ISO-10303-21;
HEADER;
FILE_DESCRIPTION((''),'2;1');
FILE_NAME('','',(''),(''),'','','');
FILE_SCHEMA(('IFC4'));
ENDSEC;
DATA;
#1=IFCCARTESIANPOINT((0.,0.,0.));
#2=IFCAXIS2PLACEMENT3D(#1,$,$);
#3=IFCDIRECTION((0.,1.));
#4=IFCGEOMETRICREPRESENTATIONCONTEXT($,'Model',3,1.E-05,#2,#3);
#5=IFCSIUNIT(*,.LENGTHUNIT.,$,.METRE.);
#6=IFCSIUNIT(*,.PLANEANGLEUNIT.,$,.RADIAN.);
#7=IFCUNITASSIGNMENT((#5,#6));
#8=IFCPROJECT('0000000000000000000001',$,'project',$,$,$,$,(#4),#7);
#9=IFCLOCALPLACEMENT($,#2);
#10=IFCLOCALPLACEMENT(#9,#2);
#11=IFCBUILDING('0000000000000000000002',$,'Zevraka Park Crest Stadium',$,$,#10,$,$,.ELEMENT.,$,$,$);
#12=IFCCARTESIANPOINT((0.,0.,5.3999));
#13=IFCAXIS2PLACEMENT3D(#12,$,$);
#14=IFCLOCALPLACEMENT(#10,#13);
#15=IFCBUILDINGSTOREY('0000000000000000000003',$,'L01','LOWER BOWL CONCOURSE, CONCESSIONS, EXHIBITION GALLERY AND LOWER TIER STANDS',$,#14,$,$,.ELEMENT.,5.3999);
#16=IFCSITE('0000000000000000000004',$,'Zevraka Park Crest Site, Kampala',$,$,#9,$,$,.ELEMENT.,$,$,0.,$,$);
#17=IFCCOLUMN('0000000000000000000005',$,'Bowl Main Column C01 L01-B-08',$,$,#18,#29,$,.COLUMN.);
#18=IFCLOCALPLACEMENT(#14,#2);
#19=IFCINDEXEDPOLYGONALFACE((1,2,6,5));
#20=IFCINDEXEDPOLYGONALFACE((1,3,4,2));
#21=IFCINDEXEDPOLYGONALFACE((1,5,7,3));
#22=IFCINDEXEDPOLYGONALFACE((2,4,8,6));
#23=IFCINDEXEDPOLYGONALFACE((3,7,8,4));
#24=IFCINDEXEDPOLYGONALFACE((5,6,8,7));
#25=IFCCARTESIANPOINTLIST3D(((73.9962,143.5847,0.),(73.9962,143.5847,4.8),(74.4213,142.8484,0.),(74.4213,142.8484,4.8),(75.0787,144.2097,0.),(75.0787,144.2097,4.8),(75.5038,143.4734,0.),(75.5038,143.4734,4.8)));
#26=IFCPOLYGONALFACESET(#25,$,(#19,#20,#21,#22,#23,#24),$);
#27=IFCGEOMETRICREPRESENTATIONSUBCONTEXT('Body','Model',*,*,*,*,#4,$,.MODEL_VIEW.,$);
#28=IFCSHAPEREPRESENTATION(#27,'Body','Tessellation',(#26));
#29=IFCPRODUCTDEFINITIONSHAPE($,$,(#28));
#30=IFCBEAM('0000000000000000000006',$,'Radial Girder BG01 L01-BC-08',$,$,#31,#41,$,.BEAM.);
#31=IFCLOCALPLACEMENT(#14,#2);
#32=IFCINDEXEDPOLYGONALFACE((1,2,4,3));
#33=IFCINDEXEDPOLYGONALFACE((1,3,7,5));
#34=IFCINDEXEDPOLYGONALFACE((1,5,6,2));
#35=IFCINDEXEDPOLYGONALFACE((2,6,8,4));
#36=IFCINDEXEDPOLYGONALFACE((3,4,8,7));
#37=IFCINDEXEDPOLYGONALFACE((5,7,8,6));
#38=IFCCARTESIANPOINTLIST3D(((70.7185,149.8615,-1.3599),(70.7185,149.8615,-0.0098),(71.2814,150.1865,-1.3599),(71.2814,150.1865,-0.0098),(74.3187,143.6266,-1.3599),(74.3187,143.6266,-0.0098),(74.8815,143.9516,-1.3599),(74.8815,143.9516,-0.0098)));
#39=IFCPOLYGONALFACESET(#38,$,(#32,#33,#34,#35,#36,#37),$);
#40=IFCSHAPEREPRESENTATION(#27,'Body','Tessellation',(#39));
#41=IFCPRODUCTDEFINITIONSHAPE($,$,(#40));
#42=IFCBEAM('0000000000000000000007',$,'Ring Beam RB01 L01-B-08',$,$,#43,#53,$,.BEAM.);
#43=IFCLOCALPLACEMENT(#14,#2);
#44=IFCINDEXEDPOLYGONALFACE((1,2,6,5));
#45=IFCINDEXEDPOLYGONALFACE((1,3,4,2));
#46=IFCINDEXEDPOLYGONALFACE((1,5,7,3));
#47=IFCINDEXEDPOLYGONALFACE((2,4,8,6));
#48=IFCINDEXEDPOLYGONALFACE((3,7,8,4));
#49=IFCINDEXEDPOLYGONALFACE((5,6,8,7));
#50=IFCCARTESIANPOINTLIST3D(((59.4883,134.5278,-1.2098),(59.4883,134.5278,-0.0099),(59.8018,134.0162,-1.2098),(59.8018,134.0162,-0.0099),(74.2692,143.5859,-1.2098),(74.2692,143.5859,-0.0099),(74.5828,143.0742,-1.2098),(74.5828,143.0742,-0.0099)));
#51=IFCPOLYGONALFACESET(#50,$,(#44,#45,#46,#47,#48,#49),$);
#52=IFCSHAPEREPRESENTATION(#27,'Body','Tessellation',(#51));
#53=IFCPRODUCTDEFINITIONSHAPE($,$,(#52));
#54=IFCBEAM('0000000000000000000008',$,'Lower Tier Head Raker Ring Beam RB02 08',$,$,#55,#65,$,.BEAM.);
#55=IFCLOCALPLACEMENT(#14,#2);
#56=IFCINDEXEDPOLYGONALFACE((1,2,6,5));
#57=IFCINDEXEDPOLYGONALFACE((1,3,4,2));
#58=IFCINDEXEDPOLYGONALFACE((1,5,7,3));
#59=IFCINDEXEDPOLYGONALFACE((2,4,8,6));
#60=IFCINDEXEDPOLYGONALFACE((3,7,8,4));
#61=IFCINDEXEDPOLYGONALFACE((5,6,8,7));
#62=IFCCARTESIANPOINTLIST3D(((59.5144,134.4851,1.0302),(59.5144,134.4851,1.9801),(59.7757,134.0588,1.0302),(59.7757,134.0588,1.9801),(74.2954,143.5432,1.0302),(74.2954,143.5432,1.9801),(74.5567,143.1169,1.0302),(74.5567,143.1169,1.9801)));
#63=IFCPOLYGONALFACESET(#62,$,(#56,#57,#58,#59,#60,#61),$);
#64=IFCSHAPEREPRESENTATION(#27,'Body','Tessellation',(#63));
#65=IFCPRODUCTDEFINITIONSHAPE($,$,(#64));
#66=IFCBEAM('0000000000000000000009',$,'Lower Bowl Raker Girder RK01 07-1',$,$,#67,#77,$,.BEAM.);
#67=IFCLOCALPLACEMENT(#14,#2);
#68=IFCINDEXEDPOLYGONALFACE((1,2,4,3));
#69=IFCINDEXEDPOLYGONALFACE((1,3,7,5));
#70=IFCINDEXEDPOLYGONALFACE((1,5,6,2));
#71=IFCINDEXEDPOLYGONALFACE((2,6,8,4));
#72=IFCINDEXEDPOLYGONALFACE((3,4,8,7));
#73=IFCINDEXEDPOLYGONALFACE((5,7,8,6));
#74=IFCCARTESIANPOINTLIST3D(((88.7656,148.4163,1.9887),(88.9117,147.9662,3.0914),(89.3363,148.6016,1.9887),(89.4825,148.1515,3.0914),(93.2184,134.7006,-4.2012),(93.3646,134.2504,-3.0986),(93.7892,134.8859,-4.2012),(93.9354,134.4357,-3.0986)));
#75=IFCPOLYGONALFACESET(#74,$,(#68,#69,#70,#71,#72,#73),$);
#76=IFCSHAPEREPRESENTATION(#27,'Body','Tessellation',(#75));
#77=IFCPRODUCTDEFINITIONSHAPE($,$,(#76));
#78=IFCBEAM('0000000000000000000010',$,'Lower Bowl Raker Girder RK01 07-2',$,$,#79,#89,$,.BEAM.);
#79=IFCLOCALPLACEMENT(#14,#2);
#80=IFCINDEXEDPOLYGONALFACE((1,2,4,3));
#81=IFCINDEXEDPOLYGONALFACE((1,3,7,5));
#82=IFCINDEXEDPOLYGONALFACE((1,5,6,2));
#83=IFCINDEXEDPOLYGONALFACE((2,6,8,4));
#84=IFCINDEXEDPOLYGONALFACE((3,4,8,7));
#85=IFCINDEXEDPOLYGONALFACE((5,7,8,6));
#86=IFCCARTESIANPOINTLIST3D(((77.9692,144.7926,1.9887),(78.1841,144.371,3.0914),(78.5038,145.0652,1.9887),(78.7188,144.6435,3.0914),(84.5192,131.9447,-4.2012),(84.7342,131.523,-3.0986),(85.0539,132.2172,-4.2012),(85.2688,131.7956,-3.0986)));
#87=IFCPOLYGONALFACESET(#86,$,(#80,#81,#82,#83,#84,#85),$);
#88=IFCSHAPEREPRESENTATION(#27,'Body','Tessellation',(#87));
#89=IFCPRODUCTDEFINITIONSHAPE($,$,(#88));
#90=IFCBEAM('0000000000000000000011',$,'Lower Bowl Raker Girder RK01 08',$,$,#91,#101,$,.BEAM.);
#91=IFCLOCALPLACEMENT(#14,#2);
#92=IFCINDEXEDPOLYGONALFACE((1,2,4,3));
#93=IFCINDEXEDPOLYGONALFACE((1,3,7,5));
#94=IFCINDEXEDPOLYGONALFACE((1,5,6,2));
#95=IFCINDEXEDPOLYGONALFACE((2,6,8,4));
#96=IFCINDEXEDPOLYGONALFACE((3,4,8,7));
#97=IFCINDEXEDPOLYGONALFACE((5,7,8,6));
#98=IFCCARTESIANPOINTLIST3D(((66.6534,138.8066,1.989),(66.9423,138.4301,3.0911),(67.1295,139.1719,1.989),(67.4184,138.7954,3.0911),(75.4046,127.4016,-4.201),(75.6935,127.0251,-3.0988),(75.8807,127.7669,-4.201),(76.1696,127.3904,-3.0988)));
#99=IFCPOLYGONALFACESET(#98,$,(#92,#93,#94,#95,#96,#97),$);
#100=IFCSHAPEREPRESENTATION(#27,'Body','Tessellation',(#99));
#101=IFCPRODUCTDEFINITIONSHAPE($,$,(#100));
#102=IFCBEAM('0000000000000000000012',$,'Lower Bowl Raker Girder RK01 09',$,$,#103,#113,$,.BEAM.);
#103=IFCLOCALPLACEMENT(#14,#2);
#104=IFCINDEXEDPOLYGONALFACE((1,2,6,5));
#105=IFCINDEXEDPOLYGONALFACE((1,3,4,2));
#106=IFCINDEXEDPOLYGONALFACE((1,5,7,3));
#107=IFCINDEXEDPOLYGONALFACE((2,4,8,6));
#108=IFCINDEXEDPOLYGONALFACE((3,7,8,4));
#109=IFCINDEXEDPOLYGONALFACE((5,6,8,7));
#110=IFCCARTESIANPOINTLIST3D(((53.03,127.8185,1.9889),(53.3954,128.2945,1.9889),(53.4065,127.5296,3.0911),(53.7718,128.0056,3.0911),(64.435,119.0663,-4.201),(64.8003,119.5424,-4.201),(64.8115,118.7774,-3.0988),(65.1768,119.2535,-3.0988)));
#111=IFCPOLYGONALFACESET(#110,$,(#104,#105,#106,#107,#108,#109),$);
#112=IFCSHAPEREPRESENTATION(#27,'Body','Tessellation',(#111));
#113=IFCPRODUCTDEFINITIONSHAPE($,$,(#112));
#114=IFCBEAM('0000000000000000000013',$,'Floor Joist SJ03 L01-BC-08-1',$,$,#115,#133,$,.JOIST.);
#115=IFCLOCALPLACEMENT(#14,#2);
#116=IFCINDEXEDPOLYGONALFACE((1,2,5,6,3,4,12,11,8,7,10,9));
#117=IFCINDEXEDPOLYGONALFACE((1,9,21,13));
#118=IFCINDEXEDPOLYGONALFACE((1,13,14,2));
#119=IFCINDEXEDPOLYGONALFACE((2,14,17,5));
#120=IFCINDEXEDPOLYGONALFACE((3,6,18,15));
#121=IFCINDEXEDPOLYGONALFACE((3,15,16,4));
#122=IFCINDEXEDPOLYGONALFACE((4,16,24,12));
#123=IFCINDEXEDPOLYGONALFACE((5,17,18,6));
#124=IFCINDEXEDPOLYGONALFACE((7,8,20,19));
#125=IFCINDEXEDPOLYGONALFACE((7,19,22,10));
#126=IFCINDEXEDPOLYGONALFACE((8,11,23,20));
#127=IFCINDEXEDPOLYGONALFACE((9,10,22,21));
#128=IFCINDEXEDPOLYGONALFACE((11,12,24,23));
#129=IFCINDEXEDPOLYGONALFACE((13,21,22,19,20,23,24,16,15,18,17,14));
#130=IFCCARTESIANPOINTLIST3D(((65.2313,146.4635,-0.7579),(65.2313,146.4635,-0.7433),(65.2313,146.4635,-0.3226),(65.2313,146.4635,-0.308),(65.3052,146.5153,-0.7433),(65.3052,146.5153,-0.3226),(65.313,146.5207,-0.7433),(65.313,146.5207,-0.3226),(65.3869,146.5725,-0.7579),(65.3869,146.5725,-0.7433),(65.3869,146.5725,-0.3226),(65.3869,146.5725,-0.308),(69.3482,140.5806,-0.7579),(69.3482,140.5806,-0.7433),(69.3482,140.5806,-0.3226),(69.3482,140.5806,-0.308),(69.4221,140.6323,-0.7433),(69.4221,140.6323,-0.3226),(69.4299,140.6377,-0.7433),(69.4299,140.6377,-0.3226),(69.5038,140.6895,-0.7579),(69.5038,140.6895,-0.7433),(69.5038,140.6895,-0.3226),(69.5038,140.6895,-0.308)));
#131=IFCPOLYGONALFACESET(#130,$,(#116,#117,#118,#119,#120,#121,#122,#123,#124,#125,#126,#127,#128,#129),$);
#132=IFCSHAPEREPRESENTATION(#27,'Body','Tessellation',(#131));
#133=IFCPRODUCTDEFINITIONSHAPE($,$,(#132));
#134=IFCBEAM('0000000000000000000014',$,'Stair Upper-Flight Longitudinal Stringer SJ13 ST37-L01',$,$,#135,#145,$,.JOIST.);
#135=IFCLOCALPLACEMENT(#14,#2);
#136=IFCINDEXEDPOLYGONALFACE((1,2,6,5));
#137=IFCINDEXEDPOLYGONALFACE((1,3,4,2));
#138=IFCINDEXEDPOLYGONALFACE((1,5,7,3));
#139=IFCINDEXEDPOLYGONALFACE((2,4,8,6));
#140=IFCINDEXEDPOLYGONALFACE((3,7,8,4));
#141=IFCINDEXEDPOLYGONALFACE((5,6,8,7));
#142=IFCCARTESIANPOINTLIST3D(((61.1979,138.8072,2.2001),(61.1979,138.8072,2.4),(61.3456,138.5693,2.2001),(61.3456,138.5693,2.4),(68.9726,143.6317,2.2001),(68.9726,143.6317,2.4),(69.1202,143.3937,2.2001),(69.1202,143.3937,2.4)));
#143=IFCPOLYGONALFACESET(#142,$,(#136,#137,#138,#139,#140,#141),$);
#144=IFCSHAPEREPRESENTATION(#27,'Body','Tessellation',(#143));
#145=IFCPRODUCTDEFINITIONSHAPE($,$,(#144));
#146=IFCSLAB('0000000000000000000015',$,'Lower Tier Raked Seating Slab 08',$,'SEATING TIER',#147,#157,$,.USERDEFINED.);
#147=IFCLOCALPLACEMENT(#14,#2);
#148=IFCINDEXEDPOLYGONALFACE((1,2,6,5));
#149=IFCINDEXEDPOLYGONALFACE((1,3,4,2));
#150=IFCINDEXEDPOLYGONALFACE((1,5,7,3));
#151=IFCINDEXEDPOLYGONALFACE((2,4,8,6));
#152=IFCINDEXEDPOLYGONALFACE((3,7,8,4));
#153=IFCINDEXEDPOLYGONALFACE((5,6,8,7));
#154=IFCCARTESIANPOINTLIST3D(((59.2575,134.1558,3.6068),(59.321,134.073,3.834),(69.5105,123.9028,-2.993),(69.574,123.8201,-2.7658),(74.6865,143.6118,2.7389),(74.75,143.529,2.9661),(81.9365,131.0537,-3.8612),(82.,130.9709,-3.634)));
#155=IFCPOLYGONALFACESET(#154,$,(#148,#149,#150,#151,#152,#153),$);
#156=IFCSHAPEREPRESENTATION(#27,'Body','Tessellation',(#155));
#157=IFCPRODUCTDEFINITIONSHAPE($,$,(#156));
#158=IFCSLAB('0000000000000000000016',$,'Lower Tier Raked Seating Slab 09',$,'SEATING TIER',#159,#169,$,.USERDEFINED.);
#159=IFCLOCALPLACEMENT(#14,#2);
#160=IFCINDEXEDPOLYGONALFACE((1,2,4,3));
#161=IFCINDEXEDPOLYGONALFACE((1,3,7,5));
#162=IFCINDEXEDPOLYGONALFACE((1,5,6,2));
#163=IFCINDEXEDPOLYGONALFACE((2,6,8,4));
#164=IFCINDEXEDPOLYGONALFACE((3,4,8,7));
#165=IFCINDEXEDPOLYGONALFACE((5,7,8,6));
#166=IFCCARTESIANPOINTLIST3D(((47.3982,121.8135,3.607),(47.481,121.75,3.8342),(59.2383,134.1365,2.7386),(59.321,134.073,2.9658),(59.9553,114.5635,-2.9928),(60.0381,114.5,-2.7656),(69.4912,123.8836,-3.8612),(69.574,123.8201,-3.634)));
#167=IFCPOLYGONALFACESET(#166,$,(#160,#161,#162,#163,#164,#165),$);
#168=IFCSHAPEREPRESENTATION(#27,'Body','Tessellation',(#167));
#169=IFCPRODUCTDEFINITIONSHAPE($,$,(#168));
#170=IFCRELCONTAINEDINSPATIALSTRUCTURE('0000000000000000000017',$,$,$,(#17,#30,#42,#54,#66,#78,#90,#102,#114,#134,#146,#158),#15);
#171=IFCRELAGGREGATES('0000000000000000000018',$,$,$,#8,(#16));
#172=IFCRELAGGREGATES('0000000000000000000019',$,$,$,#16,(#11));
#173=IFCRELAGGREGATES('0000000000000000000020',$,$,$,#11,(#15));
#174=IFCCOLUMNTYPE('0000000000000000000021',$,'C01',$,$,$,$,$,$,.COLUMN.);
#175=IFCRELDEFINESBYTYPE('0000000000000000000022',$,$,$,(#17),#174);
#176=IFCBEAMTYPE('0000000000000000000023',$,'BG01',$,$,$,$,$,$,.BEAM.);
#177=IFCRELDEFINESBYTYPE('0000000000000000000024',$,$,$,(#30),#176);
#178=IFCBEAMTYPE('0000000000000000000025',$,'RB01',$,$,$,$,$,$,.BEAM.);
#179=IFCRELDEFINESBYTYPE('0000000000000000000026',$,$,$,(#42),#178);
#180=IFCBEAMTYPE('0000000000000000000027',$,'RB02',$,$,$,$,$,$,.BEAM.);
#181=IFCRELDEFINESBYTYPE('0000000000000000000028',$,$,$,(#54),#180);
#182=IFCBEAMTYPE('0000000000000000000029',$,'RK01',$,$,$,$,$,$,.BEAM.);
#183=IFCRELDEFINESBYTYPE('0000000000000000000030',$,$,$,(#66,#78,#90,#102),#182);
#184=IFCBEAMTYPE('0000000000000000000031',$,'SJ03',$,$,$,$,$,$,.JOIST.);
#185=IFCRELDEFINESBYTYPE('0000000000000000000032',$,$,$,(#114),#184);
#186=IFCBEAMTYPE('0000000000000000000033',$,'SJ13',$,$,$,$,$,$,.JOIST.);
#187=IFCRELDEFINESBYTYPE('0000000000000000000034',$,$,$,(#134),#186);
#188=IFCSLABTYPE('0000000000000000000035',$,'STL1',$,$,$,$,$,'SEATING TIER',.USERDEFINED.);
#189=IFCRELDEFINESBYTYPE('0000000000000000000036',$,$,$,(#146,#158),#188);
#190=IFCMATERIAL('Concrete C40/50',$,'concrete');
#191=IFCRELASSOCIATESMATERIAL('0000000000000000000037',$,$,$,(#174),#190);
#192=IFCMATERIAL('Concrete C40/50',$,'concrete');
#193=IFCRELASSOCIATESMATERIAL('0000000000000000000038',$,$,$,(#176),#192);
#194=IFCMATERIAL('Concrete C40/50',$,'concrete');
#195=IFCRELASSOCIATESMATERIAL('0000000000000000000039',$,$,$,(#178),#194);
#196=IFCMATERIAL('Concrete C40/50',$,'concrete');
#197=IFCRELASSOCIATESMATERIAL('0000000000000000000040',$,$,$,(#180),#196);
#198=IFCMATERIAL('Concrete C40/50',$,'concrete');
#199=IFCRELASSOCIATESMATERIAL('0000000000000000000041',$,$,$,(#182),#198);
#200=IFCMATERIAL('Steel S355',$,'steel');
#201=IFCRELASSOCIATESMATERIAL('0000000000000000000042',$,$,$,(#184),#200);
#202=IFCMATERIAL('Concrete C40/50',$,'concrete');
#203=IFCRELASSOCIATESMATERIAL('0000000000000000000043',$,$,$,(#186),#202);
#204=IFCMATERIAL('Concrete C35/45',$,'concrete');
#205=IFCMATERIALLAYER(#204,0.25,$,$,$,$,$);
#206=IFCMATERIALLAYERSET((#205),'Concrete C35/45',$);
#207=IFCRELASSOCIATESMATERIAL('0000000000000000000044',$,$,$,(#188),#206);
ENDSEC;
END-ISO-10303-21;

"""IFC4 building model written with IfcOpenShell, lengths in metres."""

from ifc_helpers import new_model, si_unit, direction, frame, origin, origin_2d, place, context, subcontext, project, spatial, polyline, rectangle, i_section, outline, extrude, material, layer, layer_set, material_profile, profile_set, type_object, element, save


model = new_model("IFC4")

# Units and contexts
model_context = context("Model", 3, precision=1e-05, world=origin(), true_north=direction((0.0, 1.0)))
body_context = subcontext(model_context, "Body", "Model", "MODEL_VIEW")
ifc_project = project(units=[si_unit("LENGTHUNIT", "METRE"), si_unit("PLANEANGLEUNIT", "RADIAN")], contexts=[model_context])

# Site, building, storey
site_placement = place(None, origin())
site = spatial("IfcSite", under=ifc_project, at=site_placement, Name="Zevraka Park Crest Site, Kampala", CompositionType="ELEMENT", RefElevation=0.0)
building_placement = place(site_placement, origin())
building = spatial("IfcBuilding", under=site, at=building_placement, Name="Zevraka Park Crest Stadium", CompositionType="ELEMENT")
storey_placement = place(building_placement, frame((0.0, 0.0, 5.3999)))
storey = spatial("IfcBuildingStorey", under=building, at=storey_placement, Name="L01", Description="LOWER BOWL CONCOURSE, CONCESSIONS, EXHIBITION GALLERY AND LOWER TIER STANDS", CompositionType="ELEMENT", Elevation=5.3999)

# Column
ifc_material_1 = material(Name="Concrete C40/50", Category="concrete")
ifc_material_profile_1 = material_profile(ifc_material_1, rectangle(XDim=0.8501, YDim=1.25, at=origin_2d()), Name="RC 1250x850")
ifc_profile_set_1 = profile_set([ifc_material_profile_1], Name="Concrete C40/50")
column_type = type_object("IfcColumnType", Name="C01", PredefinedType="COLUMN", material=ifc_profile_set_1)
column_placement = place(storey_placement, frame((74.75, 143.5291, 0.0), z_axis=(0.0, 0.0, 1.0), x_axis=(-0.5, 0.866025, 0.0)))
element("IfcColumn", 1, at=column_placement, inside=storey, type_object=column_type, Name="Bowl Main Column C01 L01-B-08", PredefinedType="COLUMN", context=body_context, shape_type="SweptSolid", body=[
    extrude(rectangle(XDim=0.8501, YDim=1.25, at=origin_2d()), origin(), (0.0, 0.0, 1.0), 4.8),
])

# Beams
ifc_material_2 = material(Name="Concrete C40/50", Category="concrete")
ifc_material_profile_2 = material_profile(ifc_material_2, rectangle(XDim=0.6499, YDim=1.3501, at=origin_2d()), Name="RC 1350x650")
ifc_profile_set_2 = profile_set([ifc_material_profile_2], Name="Concrete C40/50")
beam_type_1 = type_object("IfcBeamType", Name="BG01", PredefinedType="BEAM", material=ifc_profile_set_2)
beam_1_placement = place(storey_placement, frame((74.6001, 143.7891, -0.6848), z_axis=(-0.500041, 0.866001, 0.0), x_axis=(-0.866001, -0.500041, 0.0)))
element("IfcBeam", 2, at=beam_1_placement, inside=storey, type_object=beam_type_1, Name="Radial Girder BG01 L01-BC-08", PredefinedType="BEAM", context=body_context, shape_type="SweptSolid", body=[
    extrude(rectangle(XDim=0.6499, YDim=1.3501, at=origin_2d()), origin(), (0.0, 0.0, 1.0), 7.1997),
])
ifc_material_3 = material(Name="Concrete C40/50", Category="concrete")
ifc_material_profile_3 = material_profile(ifc_material_3, rectangle(XDim=0.6001, YDim=1.2, at=origin_2d()), Name="RC 1200x600")
ifc_profile_set_3 = profile_set([ifc_material_profile_3], Name="Concrete C40/50")
beam_type_2 = type_object("IfcBeamType", Name="RB01", PredefinedType="BEAM", material=ifc_profile_set_3)
beam_2_placement = place(storey_placement, frame((74.426, 143.3301, -0.6099), z_axis=(-0.852633, -0.522511, 0.0), x_axis=(0.522511, -0.852633, 0.0)))
element("IfcBeam", 3, at=beam_2_placement, inside=storey, type_object=beam_type_2, Name="Ring Beam RB01 L01-B-08", PredefinedType="BEAM", context=body_context, shape_type="SweptSolid", body=[
    extrude(rectangle(XDim=0.6001, YDim=1.2, at=origin_2d()), origin(), (0.0, 0.0, 1.0), 17.3357),
])
ifc_material_4 = material(Name="Concrete C40/50", Category="concrete")
ifc_material_profile_4 = material_profile(ifc_material_4, rectangle(XDim=0.5, YDim=0.95, at=origin_2d()), Name="RC 950x500")
ifc_profile_set_4 = profile_set([ifc_material_profile_4], Name="Concrete C40/50")
beam_type_3 = type_object("IfcBeamType", Name="RB02", PredefinedType="BEAM", material=ifc_profile_set_4)
beam_3_placement = place(storey_placement, frame((74.426, 143.3301, 1.5051), z_axis=(-0.852633, -0.522511, 0.0), x_axis=(0.522511, -0.852633, 0.0)))
element("IfcBeam", 4, at=beam_3_placement, inside=storey, type_object=beam_type_3, Name="Lower Tier Head Raker Ring Beam RB02 08", PredefinedType="BEAM", context=body_context, shape_type="SweptSolid", body=[
    extrude(rectangle(XDim=0.5, YDim=0.95, at=origin_2d()), origin(), (0.0, 0.0, 1.0), 17.3357),
])
ifc_material_5 = material(Name="Concrete C40/50", Category="concrete")
ifc_material_profile_5 = material_profile(ifc_material_5, rectangle(XDim=0.6001, YDim=1.2, at=origin_2d()), Name="RC 1200x600")
ifc_profile_set_5 = profile_set([ifc_material_profile_5], Name="Concrete C40/50")
beam_type_4 = type_object("IfcBeamType", Name="RK01", PredefinedType="BEAM", material=ifc_profile_set_5)
beam_4_placement = place(storey_placement, frame((93.5769, 134.5681, -3.6499), z_axis=(-0.283751, 0.874014, 0.394442), x_axis=(-0.951131, -0.308787, 0.0)))
element("IfcBeam", 5, at=beam_4_placement, inside=storey, type_object=beam_type_4, Name="Lower Bowl Raker Girder RK01 07-1", PredefinedType="BEAM", context=body_context, shape_type="SweptSolid", body=[
    extrude(rectangle(XDim=0.6001, YDim=1.2, at=origin_2d()), origin(), (0.0, 0.0, 1.0), 15.6929),
])
beam_5_placement = place(storey_placement, frame((84.894, 131.8701, -3.6499), z_axis=(-0.417372, 0.818675, 0.394426), x_axis=(-0.890902, -0.454195, 0.0)))
element("IfcBeam", 6, at=beam_5_placement, inside=storey, type_object=beam_type_4, Name="Lower Bowl Raker Girder RK01 07-2", PredefinedType="BEAM", context=body_context, shape_type="SweptSolid", body=[
    extrude(rectangle(XDim=0.6001, YDim=1.2, at=origin_2d()), origin(), (0.0, 0.0, 1.0), 15.6936),
])
beam_6_placement = place(storey_placement, frame((75.7871, 127.396, -3.6499), z_axis=(-0.559125, 0.728679, 0.395482), x_axis=(-0.793359, -0.608754, 0.0)))
element("IfcBeam", 7, at=beam_6_placement, inside=storey, type_object=beam_type_4, Name="Lower Bowl Raker Girder RK01 08", PredefinedType="BEAM", context=body_context, shape_type="SweptSolid", body=[
    extrude(rectangle(XDim=0.6001, YDim=1.2, at=origin_2d()), origin(), (0.0, 0.0, 1.0), 15.6516),
])
beam_7_placement = place(storey_placement, frame((64.8059, 119.1599, -3.6499), z_axis=(-0.728654, 0.559168, 0.395468), x_axis=(-0.608797, -0.793326, 0.0)))
element("IfcBeam", 8, at=beam_7_placement, inside=storey, type_object=beam_type_4, Name="Lower Bowl Raker Girder RK01 09", PredefinedType="BEAM", context=body_context, shape_type="SweptSolid", body=[
    extrude(rectangle(XDim=0.6001, YDim=1.2, at=origin_2d()), origin(), (0.0, 0.0, 1.0), 15.6521),
])
ifc_material_6 = material(Name="Steel S355", Category="steel")
ifc_material_profile_6 = material_profile(ifc_material_6, i_section(OverallWidth=0.1899, OverallDepth=0.45, WebThickness=0.0095, FlangeThickness=0.0146, at=origin_2d()), Name="IPE 450")
ifc_profile_set_6 = profile_set([ifc_material_profile_6], Name="Steel S355")
beam_type_5 = type_object("IfcBeamType", Name="SJ03", PredefinedType="JOIST", material=ifc_profile_set_6)
beam_8_placement = place(storey_placement, frame((69.426, 140.635, -0.533), z_axis=(-0.573351, 0.81931, 0.0), x_axis=(-0.81931, -0.573351, 0.0)))
element("IfcBeam", 9, at=beam_8_placement, inside=storey, type_object=beam_type_5, Name="Floor Joist SJ03 L01-BC-08-1", PredefinedType="JOIST", context=body_context, shape_type="SweptSolid", body=[
    extrude(i_section(OverallWidth=0.1899, OverallDepth=0.45, WebThickness=0.0095, FlangeThickness=0.0146, at=origin_2d()), origin(), (0.0, 0.0, 1.0), 7.1804),
])
ifc_material_7 = material(Name="Concrete C40/50", Category="concrete")
ifc_material_profile_7 = material_profile(ifc_material_7, rectangle(XDim=0.28, YDim=0.2, at=origin_2d()), Name="RC 200x280")
ifc_profile_set_7 = profile_set([ifc_material_profile_7], Name="Concrete C40/50")
beam_type_6 = type_object("IfcBeamType", Name="SJ13", PredefinedType="JOIST", material=ifc_profile_set_7)
beam_9_placement = place(storey_placement, frame((69.0464, 143.5127, 2.3), z_axis=(-0.849698, -0.527269, 0.0), x_axis=(0.527269, -0.849698, 0.0)))
element("IfcBeam", 10, at=beam_9_placement, inside=storey, type_object=beam_type_6, Name="Stair Upper-Flight Longitudinal Stringer SJ13 ST37-L01", PredefinedType="JOIST", context=body_context, shape_type="SweptSolid", body=[
    extrude(rectangle(XDim=0.28, YDim=0.2, at=origin_2d()), origin(), (0.0, 0.0, 1.0), 9.1499),
])

# Slabs
ifc_material_8 = material(Name="Concrete C35/45", Category="concrete")
ifc_layer_1 = layer(ifc_material_8, 0.25)
ifc_layer_set_1 = layer_set([ifc_layer_1], Name="Concrete C35/45")
slab_type = type_object("IfcSlabType", Name="STL1", ElementType="SEATING TIER", PredefinedType="USERDEFINED", material=ifc_layer_set_1)
slab_1_placement = place(storey_placement, frame((82.0, 130.9709, -3.634), z_axis=(0.253987, -0.331009, 0.908804), x_axis=(-0.865142, -0.49787, 0.060448)))
element("IfcSlab", 11, at=slab_1_placement, inside=storey, type_object=slab_type, Name="Lower Tier Raked Seating Slab 08", ObjectType="SEATING TIER", PredefinedType="USERDEFINED", context=body_context, shape_type="SweptSolid", body=[
    extrude(outline(polyline([(0.0, 0.0), (14.363, 0.0), (18.5275, -15.3772), (0.4189, -15.9265), (0.0, 0.0)])), origin(), (0.0, 0.0, -1.0), 0.25),
])
slab_2_placement = place(storey_placement, frame((69.574, 123.8201, -3.634), z_axis=(0.331008, -0.253993, 0.908802), x_axis=(-0.713641, -0.69749, 0.06499)))
element("IfcSlab", 12, at=slab_2_placement, inside=storey, type_object=slab_type, Name="Lower Tier Raked Seating Slab 09", ObjectType="SEATING TIER", PredefinedType="USERDEFINED", context=body_context, shape_type="SweptSolid", body=[
    extrude(outline(polyline([(0.0, 0.0), (13.3623, 0.0), (17.6957, -15.3305), (0.5945, -15.9201), (0.0, 0.0)])), origin(), (0.0, 0.0, -1.0), 0.25),
])

save(model, "model.ifc")
